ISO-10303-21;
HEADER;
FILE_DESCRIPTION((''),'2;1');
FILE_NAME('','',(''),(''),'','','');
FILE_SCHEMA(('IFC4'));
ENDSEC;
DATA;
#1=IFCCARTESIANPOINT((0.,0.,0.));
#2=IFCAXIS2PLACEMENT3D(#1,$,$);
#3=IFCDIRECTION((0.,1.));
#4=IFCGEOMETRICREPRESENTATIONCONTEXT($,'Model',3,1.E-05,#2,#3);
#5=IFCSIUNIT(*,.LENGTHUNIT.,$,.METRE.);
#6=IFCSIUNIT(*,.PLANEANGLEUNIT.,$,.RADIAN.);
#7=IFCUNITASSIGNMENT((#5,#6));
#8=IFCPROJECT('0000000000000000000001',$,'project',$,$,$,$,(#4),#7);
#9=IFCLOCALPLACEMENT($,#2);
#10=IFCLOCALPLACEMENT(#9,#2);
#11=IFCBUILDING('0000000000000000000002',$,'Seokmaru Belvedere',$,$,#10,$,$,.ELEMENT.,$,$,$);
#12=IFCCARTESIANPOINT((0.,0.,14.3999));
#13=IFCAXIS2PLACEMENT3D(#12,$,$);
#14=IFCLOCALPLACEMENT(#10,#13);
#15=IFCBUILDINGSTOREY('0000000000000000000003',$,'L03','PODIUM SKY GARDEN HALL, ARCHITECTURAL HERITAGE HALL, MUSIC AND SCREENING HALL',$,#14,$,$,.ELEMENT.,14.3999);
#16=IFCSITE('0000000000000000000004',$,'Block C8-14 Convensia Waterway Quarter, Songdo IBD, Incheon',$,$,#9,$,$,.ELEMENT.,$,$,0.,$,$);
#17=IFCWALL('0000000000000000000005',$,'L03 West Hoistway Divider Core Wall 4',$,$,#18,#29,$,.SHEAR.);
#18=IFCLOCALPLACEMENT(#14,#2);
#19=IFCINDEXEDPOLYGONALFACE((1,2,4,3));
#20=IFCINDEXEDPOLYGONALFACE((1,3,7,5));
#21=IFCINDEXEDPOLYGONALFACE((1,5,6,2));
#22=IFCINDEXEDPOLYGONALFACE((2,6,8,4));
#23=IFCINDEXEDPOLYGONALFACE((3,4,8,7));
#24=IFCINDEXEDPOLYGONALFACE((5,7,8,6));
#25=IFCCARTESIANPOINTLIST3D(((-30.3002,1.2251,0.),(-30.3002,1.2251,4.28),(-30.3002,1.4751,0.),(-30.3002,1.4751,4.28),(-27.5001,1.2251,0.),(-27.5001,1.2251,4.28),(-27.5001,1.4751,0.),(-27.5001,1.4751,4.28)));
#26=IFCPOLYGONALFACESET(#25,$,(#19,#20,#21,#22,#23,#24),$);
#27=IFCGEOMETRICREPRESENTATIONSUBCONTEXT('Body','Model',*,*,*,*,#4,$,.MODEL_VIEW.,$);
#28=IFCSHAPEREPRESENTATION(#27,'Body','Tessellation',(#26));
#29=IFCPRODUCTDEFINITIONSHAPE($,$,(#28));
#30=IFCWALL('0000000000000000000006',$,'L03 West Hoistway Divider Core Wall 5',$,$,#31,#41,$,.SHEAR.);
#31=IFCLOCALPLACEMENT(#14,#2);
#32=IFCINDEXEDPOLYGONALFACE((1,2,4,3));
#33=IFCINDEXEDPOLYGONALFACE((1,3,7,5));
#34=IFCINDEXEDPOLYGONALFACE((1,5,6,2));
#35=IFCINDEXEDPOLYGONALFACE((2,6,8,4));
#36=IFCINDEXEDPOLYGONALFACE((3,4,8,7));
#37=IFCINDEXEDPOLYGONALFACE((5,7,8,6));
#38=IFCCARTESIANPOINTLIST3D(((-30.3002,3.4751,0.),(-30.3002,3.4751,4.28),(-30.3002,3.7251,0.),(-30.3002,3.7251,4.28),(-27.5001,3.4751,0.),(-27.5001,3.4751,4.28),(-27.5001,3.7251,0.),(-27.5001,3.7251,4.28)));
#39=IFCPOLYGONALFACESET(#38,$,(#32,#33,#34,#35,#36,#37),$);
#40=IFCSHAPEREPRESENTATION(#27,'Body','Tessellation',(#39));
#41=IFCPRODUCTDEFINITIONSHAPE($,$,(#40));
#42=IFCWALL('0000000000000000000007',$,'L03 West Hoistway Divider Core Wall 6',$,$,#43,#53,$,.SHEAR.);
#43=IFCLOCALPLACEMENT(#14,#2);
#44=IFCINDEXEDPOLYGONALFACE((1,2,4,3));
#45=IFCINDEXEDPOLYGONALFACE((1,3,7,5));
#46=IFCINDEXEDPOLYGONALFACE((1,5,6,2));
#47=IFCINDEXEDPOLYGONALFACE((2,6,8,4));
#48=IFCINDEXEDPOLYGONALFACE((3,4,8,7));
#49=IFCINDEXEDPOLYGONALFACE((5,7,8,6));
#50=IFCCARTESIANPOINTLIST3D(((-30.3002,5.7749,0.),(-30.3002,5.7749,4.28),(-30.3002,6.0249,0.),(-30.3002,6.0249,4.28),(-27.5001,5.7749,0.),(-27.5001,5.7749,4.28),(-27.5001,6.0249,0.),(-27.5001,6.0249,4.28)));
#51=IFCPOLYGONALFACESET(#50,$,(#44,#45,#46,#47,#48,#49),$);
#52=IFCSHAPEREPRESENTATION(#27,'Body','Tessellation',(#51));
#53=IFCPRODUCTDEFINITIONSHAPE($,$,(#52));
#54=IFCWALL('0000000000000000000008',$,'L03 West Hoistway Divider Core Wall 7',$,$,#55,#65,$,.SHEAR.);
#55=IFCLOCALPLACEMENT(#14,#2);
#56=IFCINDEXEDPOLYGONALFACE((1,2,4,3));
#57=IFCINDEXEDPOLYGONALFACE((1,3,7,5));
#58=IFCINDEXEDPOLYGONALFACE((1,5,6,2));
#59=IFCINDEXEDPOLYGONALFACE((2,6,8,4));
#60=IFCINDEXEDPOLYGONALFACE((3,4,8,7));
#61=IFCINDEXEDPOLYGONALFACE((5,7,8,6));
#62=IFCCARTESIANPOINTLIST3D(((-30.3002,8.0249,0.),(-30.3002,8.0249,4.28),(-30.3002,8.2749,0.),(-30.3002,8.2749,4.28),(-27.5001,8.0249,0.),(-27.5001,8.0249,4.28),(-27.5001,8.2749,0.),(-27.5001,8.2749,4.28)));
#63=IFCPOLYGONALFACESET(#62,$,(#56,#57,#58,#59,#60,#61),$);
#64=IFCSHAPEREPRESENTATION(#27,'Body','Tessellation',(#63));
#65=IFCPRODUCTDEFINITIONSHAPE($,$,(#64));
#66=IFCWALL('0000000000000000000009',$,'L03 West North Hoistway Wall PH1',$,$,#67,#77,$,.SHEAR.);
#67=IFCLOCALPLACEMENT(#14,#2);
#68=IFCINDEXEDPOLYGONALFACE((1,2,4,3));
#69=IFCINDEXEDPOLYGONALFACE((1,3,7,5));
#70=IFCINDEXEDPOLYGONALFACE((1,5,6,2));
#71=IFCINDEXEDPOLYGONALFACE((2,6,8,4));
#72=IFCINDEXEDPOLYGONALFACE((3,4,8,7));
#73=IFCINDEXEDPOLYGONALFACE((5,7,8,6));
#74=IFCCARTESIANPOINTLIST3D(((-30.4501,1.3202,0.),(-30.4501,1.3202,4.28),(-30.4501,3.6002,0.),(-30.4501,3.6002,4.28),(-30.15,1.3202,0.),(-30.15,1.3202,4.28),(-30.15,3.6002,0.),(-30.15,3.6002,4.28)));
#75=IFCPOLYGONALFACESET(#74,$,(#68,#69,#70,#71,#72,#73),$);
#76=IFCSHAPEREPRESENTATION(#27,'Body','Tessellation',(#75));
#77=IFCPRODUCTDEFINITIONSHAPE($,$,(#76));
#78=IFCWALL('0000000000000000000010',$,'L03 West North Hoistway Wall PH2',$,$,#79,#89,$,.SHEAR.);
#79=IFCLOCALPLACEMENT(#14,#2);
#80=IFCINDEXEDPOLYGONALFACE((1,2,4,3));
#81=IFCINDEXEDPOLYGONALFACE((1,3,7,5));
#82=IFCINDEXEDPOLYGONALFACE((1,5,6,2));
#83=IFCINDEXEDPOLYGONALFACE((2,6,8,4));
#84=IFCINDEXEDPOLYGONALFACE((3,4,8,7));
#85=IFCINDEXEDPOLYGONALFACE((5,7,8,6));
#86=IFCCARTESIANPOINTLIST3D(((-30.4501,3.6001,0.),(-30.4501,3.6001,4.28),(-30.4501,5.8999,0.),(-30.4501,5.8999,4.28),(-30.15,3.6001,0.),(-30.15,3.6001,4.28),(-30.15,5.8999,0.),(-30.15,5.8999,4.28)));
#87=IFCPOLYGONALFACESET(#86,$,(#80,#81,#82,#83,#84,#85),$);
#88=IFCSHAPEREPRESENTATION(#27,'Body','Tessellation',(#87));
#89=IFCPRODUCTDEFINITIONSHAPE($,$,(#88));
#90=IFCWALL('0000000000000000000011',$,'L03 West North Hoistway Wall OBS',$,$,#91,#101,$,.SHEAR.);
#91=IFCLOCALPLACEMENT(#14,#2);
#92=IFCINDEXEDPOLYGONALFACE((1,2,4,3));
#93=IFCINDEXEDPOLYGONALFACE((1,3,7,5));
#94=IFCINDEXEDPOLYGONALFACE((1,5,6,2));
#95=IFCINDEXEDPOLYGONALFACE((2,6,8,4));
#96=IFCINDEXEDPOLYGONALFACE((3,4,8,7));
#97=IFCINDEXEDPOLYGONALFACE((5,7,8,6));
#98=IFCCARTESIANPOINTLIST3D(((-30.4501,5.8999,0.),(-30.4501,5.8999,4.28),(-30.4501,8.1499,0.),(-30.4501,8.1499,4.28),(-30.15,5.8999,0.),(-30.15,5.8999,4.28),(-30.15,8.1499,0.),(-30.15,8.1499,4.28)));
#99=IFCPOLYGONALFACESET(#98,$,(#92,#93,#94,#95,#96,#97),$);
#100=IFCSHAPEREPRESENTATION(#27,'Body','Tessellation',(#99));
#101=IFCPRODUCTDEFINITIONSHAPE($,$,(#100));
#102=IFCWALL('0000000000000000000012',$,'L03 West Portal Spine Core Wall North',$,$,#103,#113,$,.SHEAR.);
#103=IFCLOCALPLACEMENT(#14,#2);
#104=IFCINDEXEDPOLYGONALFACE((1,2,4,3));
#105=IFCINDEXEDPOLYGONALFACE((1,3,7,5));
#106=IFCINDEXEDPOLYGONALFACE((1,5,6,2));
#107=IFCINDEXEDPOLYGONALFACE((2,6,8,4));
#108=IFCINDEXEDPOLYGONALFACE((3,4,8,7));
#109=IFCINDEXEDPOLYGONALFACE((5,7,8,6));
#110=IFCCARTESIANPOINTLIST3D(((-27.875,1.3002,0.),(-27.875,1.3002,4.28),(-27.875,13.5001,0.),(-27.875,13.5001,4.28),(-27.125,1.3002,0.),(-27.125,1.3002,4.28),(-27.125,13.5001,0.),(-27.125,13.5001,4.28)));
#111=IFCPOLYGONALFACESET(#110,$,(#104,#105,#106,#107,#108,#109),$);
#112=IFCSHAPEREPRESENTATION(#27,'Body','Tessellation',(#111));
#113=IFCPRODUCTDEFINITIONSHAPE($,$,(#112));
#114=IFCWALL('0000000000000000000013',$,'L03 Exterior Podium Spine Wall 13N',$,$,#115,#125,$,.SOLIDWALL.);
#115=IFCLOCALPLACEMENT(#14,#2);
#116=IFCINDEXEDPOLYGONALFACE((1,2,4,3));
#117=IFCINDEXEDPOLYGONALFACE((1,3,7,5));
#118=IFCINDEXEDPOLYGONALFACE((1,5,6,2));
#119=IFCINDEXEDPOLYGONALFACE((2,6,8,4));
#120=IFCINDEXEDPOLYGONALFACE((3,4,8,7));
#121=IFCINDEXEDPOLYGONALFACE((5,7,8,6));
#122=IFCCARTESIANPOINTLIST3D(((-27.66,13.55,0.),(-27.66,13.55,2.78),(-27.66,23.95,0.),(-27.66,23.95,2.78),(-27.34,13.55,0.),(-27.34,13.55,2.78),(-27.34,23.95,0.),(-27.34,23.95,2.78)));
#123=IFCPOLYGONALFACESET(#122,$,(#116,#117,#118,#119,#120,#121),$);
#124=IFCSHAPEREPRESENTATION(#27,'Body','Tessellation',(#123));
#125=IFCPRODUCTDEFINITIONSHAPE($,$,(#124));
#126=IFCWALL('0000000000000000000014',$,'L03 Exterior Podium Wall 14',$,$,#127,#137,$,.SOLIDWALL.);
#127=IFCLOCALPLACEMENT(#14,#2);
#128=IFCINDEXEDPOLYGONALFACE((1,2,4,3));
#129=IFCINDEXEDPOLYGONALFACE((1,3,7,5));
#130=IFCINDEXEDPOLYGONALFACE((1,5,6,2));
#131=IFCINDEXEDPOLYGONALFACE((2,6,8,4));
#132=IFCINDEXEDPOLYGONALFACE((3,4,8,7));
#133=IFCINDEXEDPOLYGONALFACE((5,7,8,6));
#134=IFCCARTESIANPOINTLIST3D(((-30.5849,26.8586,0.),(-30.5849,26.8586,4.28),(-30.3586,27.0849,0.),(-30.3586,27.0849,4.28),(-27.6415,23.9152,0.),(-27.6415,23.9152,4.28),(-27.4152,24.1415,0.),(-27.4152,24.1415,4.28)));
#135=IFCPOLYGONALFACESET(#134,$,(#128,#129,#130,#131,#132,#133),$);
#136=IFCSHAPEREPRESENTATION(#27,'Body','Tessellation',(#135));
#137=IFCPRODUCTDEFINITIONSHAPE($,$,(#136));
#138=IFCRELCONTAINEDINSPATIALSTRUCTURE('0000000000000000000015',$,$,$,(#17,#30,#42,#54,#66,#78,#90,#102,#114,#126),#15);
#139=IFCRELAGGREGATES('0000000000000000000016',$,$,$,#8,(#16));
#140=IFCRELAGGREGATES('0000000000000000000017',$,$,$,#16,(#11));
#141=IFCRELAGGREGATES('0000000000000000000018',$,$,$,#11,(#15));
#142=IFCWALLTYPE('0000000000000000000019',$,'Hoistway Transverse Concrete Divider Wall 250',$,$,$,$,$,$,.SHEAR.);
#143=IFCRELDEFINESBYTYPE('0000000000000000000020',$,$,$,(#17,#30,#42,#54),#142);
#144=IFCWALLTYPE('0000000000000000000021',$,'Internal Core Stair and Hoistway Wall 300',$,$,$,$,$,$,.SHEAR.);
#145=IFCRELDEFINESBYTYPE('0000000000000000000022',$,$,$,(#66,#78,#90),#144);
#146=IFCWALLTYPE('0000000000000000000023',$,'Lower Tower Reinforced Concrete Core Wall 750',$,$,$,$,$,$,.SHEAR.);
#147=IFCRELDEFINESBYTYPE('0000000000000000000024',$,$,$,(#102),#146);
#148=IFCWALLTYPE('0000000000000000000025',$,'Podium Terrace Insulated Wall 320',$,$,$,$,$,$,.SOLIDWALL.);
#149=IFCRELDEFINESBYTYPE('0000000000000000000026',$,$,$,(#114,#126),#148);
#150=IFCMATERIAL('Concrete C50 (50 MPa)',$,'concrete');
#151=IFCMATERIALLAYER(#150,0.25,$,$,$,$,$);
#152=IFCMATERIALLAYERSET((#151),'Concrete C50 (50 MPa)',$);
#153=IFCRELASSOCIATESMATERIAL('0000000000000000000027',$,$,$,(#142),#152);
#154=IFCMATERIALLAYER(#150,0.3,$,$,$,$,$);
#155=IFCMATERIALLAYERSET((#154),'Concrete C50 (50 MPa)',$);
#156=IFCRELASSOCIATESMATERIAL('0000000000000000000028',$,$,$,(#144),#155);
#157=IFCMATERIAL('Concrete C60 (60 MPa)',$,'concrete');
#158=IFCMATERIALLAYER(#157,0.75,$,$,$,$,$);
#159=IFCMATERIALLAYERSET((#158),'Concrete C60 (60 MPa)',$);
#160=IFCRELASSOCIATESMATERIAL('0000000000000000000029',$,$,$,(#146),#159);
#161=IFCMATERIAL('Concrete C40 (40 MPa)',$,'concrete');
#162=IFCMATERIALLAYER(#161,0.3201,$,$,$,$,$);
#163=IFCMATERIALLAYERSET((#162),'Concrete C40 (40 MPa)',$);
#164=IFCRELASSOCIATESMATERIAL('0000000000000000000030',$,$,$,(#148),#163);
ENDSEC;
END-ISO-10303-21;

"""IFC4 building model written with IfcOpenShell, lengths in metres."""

from ifc_helpers import new_model, si_unit, direction, frame, frame_2d, origin, place, context, subcontext, project, spatial, rectangle, extrude, material, layer, layer_set, type_object, element, save


model = new_model("IFC4")

# Units and contexts
model_context = context("Model", 3, precision=1e-05, world=origin(), true_north=direction((0.0, 1.0)))
body_context = subcontext(model_context, "Body", "Model", "MODEL_VIEW")
ifc_project = project(units=[si_unit("LENGTHUNIT", "METRE"), si_unit("PLANEANGLEUNIT", "RADIAN")], contexts=[model_context])

# Site, building, storey
site_placement = place(None, origin())
site = spatial("IfcSite", under=ifc_project, at=site_placement, Name="Block C8-14 Convensia Waterway Quarter, Songdo IBD, Incheon", CompositionType="ELEMENT", RefElevation=0.0)
building_placement = place(site_placement, origin())
building = spatial("IfcBuilding", under=site, at=building_placement, Name="Seokmaru Belvedere", CompositionType="ELEMENT")
storey_placement = place(building_placement, frame((0.0, 0.0, 14.3999)))
storey = spatial("IfcBuildingStorey", under=building, at=storey_placement, Name="L03", Description="PODIUM SKY GARDEN HALL, ARCHITECTURAL HERITAGE HALL, MUSIC AND SCREENING HALL", CompositionType="ELEMENT", Elevation=14.3999)

# Shared definitions
ifc_material_1 = material(Name="Concrete C50 (50 MPa)", Category="concrete")

# Walls
ifc_layer_1 = layer(ifc_material_1, 0.25)
ifc_layer_set_1 = layer_set([ifc_layer_1], Name="Concrete C50 (50 MPa)")
wall_type_1 = type_object("IfcWallType", Name="Hoistway Transverse Concrete Divider Wall 250", PredefinedType="SHEAR", material=ifc_layer_set_1)
for number, where, z_axis, x_axis, name in (
    (1, (-30.3, 1.3501, 0.0), (0.0, 0.0, 1.0), (1.0, 0.0, 0.0), "L03 West Hoistway Divider Core Wall 4"),
    (2, (-30.3, 3.6001, 0.0), (0.0, 0.0, 1.0), (1.0, 0.0, 0.0), "L03 West Hoistway Divider Core Wall 5"),
    (3, (-30.3, 5.8999, 0.0), (0.0, 0.0, 1.0), (1.0, 0.0, 0.0), "L03 West Hoistway Divider Core Wall 6"),
    (4, (-30.3, 8.1499, 0.0), (0.0, 0.0, 1.0), (1.0, 0.0, 0.0), "L03 West Hoistway Divider Core Wall 7"),
):
    element("IfcWall", number, at=place(storey_placement, frame(where, z_axis=z_axis, x_axis=x_axis)), inside=storey, type_object=wall_type_1, Name=name, PredefinedType="SHEAR", context=body_context, shape_type="SweptSolid", body=[
        extrude(rectangle(XDim=2.8, YDim=0.25, at=frame_2d((1.3999, 0.0))), origin(), (0.0, 0.0, 1.0), 4.28),
    ])
ifc_layer_2 = layer(ifc_material_1, 0.3)
ifc_layer_set_2 = layer_set([ifc_layer_2], Name="Concrete C50 (50 MPa)")
wall_type_2 = type_object("IfcWallType", Name="Internal Core Stair and Hoistway Wall 300", PredefinedType="SHEAR", material=ifc_layer_set_2)
wall_1_placement = place(storey_placement, frame((-30.3, 1.3201, 0.0), z_axis=(0.0, 0.0, 1.0), x_axis=(0.0, 1.0, 0.0)))
element("IfcWall", 5, at=wall_1_placement, inside=storey, type_object=wall_type_2, Name="L03 West North Hoistway Wall PH1", PredefinedType="SHEAR", context=body_context, shape_type="SweptSolid", body=[
    extrude(rectangle(XDim=2.28, YDim=0.3, at=frame_2d((1.1401, 0.0))), origin(), (0.0, 0.0, 1.0), 4.28),
])
wall_2_placement = place(storey_placement, frame((-30.3, 3.6001, 0.0), z_axis=(0.0, 0.0, 1.0), x_axis=(0.0, 1.0, 0.0)))
element("IfcWall", 6, at=wall_2_placement, inside=storey, type_object=wall_type_2, Name="L03 West North Hoistway Wall PH2", PredefinedType="SHEAR", context=body_context, shape_type="SweptSolid", body=[
    extrude(rectangle(XDim=2.2998, YDim=0.3, at=frame_2d((1.1499, 0.0))), origin(), (0.0, 0.0, 1.0), 4.28),
])
wall_3_placement = place(storey_placement, frame((-30.3, 5.8999, 0.0), z_axis=(0.0, 0.0, 1.0), x_axis=(0.0, 1.0, 0.0)))
element("IfcWall", 7, at=wall_3_placement, inside=storey, type_object=wall_type_2, Name="L03 West North Hoistway Wall OBS", PredefinedType="SHEAR", context=body_context, shape_type="SweptSolid", body=[
    extrude(rectangle(XDim=2.25, YDim=0.3, at=frame_2d((1.125, 0.0))), origin(), (0.0, 0.0, 1.0), 4.28),
])

# Walls
ifc_material_2 = material(Name="Concrete C60 (60 MPa)", Category="concrete")
ifc_layer_3 = layer(ifc_material_2, 0.75)
ifc_layer_set_3 = layer_set([ifc_layer_3], Name="Concrete C60 (60 MPa)")
wall_type_3 = type_object("IfcWallType", Name="Lower Tower Reinforced Concrete Core Wall 750", PredefinedType="SHEAR", material=ifc_layer_set_3)
wall_4_placement = place(storey_placement, frame((-27.5, 1.3, 0.0), z_axis=(0.0, 0.0, 1.0), x_axis=(0.0, 1.0, 0.0)))
element("IfcWall", 8, at=wall_4_placement, inside=storey, type_object=wall_type_3, Name="L03 West Portal Spine Core Wall North", PredefinedType="SHEAR", context=body_context, shape_type="SweptSolid", body=[
    extrude(rectangle(XDim=12.2, YDim=0.75, at=frame_2d((6.1001, 0.0))), origin(), (0.0, 0.0, 1.0), 4.28),
])
ifc_material_3 = material(Name="Concrete C40 (40 MPa)", Category="concrete")
ifc_layer_4 = layer(ifc_material_3, 0.3201)
ifc_layer_set_4 = layer_set([ifc_layer_4], Name="Concrete C40 (40 MPa)")
wall_type_4 = type_object("IfcWallType", Name="Podium Terrace Insulated Wall 320", PredefinedType="SOLIDWALL", material=ifc_layer_set_4)
wall_5_placement = place(storey_placement, frame((-27.5, 13.55, 0.0), z_axis=(0.0, 0.0, 1.0), x_axis=(0.0, 1.0, 0.0)))
element("IfcWall", 9, at=wall_5_placement, inside=storey, type_object=wall_type_4, Name="L03 Exterior Podium Spine Wall 13N", PredefinedType="SOLIDWALL", context=body_context, shape_type="SweptSolid", body=[
    extrude(rectangle(XDim=10.3999, YDim=0.3201, at=frame_2d((5.2, 0.0))), origin(), (0.0, 0.0, 1.0), 2.78),
])
wall_6_placement = place(storey_placement, frame((-27.5283, 24.0283, 0.0), z_axis=(0.0, 0.0, 1.0), x_axis=(-0.707107, 0.707107, 0.0)))
element("IfcWall", 10, at=wall_6_placement, inside=storey, type_object=wall_type_4, Name="L03 Exterior Podium Wall 14", PredefinedType="SOLIDWALL", context=body_context, shape_type="SweptSolid", body=[
    extrude(rectangle(XDim=4.1626, YDim=0.3201, at=frame_2d((2.0813, 0.0))), origin(), (0.0, 0.0, 1.0), 4.28),
])

save(model, "model.ifc")
